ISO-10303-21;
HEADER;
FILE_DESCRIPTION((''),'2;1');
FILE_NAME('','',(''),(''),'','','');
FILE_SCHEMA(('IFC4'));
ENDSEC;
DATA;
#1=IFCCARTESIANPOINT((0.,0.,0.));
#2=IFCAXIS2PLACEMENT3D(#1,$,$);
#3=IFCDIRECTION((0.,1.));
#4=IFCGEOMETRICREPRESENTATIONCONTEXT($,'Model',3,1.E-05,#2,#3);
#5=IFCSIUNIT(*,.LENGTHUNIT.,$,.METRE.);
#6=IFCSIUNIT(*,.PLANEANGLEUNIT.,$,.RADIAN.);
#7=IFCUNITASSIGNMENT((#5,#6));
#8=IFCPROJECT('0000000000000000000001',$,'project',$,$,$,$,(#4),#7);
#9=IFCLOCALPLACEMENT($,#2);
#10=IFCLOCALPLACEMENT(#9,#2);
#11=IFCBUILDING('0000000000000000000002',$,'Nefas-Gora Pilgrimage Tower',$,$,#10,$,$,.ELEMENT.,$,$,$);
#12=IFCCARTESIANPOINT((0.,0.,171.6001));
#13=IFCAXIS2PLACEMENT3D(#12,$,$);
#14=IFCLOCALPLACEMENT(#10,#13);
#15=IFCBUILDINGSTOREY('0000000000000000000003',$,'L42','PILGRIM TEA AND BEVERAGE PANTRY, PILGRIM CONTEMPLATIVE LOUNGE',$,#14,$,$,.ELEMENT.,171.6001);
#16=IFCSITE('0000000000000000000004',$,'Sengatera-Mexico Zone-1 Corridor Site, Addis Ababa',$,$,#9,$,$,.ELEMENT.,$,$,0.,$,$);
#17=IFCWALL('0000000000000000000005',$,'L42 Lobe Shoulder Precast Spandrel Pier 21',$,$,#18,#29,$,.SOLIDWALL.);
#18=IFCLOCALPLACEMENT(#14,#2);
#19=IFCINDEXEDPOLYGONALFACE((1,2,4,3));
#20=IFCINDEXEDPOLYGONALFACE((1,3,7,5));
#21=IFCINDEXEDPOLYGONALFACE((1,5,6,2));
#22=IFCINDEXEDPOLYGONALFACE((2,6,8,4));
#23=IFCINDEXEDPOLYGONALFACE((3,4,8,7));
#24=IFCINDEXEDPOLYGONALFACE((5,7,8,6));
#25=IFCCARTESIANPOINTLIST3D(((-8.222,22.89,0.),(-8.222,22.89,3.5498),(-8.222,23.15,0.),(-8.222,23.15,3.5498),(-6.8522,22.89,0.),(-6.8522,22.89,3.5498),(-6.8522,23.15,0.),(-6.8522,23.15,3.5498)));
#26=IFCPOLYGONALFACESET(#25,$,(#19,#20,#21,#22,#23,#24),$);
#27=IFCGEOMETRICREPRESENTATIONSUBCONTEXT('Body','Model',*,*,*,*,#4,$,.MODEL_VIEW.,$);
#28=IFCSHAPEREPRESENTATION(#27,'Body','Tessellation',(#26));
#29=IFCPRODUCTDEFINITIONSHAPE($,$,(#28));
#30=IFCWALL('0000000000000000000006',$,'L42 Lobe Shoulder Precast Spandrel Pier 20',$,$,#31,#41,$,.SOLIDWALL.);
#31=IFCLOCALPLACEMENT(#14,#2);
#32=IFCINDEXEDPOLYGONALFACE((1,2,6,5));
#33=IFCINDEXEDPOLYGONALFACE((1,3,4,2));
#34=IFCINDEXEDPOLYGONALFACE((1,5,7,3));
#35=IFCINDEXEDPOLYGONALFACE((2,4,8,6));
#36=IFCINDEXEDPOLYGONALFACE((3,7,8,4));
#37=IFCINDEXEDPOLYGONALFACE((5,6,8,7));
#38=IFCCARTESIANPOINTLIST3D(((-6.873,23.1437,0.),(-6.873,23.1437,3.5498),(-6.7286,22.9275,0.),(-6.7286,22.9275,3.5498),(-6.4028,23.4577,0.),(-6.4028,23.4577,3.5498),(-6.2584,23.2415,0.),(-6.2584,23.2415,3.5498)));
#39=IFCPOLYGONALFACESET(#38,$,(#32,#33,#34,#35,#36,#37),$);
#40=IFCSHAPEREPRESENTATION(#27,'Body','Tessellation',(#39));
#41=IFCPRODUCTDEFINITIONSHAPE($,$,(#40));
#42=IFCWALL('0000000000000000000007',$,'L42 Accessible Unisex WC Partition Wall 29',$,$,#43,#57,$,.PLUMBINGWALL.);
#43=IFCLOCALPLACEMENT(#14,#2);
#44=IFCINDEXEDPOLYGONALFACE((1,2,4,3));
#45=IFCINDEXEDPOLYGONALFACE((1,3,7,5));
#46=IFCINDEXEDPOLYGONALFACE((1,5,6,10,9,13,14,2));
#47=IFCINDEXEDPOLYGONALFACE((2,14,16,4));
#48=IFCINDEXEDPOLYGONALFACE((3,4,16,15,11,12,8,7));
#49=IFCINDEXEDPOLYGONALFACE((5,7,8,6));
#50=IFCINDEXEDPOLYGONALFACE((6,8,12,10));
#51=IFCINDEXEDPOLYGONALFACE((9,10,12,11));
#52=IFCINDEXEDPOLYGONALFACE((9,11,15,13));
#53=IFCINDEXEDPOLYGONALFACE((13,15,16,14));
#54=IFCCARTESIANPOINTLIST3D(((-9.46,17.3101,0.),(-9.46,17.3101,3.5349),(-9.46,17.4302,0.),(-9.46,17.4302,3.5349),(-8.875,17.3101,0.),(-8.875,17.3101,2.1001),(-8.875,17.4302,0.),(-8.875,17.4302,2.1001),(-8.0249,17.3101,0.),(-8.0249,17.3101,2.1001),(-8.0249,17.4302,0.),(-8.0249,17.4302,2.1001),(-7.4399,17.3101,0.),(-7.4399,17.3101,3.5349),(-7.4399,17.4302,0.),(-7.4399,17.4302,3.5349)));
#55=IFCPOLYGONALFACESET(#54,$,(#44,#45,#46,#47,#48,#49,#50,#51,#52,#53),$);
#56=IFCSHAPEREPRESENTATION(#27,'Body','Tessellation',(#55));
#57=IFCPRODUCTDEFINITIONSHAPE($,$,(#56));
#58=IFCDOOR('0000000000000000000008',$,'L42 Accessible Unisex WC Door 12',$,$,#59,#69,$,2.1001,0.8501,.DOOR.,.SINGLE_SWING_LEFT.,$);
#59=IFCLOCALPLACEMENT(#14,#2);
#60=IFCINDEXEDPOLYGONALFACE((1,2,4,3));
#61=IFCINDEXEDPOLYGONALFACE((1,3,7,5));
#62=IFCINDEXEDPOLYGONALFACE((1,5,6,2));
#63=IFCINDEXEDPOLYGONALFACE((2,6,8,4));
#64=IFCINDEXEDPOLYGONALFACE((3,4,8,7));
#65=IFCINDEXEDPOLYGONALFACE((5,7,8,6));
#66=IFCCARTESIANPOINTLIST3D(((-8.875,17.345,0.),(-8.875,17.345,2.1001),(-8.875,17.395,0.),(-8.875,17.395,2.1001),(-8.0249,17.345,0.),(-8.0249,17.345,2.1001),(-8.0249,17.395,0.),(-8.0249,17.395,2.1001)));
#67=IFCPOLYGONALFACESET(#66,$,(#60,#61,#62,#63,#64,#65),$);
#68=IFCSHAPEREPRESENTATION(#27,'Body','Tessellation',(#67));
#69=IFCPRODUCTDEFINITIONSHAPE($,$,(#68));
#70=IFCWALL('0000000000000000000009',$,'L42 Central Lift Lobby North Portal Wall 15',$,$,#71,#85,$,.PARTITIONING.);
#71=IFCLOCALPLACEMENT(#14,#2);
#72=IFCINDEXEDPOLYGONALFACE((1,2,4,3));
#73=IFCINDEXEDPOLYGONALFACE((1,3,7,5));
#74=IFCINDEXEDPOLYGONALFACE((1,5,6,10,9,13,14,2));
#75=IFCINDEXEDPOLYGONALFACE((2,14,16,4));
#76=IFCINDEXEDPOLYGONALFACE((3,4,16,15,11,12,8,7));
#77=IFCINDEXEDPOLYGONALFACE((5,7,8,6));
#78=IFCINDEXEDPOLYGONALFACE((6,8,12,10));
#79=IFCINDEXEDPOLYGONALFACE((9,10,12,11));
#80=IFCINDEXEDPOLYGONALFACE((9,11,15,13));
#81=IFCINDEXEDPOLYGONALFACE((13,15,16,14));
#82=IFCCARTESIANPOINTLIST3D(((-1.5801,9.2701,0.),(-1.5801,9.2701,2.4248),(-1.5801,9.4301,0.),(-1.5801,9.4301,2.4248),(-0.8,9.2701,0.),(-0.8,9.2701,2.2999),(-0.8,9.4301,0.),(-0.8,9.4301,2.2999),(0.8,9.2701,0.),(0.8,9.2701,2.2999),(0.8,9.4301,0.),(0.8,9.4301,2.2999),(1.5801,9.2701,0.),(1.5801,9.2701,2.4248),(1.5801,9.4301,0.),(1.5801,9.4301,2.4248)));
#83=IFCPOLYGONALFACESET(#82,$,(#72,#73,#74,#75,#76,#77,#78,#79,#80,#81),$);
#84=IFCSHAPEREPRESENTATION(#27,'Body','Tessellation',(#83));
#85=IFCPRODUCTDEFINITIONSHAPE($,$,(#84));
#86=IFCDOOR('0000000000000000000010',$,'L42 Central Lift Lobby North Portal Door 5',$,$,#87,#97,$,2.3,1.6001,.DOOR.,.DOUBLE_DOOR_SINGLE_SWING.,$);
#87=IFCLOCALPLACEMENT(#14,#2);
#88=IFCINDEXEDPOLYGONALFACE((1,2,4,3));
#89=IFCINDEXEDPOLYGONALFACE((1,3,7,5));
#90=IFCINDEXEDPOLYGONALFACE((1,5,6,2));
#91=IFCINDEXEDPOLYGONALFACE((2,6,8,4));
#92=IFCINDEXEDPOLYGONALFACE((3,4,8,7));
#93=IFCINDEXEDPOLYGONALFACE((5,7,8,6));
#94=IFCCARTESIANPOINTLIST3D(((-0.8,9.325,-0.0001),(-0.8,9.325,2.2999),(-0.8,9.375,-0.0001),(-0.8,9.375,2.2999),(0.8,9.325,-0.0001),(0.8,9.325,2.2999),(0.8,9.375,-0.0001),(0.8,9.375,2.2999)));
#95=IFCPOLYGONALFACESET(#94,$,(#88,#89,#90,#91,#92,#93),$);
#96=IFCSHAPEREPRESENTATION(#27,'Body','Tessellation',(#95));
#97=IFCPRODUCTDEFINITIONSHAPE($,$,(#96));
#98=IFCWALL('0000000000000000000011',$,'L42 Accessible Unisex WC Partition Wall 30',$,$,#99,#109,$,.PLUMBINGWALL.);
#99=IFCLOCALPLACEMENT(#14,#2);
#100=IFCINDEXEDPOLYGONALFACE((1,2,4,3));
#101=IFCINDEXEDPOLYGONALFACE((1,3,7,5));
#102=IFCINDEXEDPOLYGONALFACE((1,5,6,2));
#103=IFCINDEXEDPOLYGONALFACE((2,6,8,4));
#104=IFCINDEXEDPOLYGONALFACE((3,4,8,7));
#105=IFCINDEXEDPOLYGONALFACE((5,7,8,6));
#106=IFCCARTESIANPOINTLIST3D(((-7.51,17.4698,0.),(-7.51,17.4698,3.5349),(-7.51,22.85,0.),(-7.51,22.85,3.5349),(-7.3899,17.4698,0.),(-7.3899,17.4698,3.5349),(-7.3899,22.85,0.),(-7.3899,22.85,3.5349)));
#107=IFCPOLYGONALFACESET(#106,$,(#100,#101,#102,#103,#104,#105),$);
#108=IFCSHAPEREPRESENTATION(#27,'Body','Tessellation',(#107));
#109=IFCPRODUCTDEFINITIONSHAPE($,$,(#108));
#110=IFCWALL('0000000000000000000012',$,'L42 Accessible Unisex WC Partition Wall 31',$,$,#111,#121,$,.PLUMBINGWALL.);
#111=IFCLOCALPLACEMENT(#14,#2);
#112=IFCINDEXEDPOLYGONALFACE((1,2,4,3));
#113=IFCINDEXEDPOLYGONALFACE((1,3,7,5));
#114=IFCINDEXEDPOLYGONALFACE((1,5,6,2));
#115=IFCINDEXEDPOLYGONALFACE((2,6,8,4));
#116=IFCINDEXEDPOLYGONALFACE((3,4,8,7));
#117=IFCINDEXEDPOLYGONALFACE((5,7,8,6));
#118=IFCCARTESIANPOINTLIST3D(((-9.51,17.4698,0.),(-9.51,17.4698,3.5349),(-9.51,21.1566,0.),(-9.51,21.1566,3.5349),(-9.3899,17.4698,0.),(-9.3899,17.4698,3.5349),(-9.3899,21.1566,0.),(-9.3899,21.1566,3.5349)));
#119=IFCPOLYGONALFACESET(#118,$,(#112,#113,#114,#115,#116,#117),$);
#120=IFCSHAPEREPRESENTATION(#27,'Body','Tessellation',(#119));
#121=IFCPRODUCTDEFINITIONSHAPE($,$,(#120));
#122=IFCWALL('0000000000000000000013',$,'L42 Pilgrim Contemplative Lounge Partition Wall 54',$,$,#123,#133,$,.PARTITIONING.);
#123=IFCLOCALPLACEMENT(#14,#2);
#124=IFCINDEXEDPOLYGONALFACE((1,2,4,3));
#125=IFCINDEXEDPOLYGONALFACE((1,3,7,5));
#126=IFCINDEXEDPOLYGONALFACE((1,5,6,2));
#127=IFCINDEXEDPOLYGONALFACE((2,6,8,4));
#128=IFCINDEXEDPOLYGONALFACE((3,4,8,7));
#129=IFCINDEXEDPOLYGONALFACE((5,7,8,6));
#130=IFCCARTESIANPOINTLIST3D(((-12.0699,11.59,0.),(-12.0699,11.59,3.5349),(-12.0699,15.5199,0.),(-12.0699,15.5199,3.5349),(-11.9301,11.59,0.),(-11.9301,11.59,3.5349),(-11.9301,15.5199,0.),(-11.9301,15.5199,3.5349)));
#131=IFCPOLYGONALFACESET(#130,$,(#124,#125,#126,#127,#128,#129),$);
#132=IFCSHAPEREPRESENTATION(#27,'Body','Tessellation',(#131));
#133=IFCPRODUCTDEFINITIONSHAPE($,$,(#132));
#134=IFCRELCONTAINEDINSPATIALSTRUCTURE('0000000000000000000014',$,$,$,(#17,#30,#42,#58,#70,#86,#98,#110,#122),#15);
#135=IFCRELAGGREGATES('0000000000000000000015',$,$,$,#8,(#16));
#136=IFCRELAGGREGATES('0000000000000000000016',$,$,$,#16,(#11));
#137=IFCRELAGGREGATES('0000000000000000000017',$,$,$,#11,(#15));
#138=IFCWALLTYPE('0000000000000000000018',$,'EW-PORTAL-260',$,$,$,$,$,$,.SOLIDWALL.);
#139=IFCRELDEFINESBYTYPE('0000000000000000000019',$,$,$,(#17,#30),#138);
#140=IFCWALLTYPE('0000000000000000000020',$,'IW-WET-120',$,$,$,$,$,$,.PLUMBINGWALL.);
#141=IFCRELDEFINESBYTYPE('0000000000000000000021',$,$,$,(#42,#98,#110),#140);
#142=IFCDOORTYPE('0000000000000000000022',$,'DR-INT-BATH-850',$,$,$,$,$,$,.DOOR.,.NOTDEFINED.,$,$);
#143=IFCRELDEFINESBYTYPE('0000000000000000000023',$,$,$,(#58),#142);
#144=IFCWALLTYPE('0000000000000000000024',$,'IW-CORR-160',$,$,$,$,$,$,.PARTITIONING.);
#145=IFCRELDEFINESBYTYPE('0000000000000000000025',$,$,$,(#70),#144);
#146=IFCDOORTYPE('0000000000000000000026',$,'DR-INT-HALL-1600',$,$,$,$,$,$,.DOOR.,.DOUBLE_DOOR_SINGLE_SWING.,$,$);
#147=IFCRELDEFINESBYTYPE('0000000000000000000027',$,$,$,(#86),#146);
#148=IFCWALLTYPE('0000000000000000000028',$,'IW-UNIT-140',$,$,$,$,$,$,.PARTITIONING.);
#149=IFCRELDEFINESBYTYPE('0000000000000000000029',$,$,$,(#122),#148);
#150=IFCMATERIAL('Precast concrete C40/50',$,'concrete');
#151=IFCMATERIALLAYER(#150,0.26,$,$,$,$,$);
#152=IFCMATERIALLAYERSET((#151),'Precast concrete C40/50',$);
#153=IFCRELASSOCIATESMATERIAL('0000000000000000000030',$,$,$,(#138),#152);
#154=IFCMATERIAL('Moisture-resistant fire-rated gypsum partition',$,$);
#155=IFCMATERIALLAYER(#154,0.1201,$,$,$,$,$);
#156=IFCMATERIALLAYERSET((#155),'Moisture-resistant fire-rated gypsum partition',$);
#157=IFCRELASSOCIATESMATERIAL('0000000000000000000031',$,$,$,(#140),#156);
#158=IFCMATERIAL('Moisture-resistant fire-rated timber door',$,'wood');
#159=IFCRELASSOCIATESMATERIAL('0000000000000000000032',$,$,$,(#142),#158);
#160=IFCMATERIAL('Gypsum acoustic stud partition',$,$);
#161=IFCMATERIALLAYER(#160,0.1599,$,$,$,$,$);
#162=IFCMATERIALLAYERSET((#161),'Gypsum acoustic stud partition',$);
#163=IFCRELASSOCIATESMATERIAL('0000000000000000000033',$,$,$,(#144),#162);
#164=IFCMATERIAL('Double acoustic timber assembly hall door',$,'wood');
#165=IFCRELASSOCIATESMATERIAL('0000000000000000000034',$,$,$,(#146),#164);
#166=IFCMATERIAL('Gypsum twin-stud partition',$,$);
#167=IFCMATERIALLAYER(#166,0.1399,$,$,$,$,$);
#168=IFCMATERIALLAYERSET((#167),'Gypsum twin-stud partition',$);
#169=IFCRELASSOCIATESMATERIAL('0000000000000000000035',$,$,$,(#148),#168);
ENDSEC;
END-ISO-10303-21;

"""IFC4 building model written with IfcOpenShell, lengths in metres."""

from ifc_helpers import new_model, si_unit, direction, frame, frame_2d, origin, place, context, subcontext, project, spatial, rectangle, extrude, source, transform, mapped, material, layer, layer_set, type_object, element, fill, save


model = new_model("IFC4")

# Units and contexts
model_context = context("Model", 3, precision=1e-05, world=origin(), true_north=direction((0.0, 1.0)))
body_context = subcontext(model_context, "Body", "Model", "MODEL_VIEW")
ifc_project = project(units=[si_unit("LENGTHUNIT", "METRE"), si_unit("PLANEANGLEUNIT", "RADIAN")], contexts=[model_context])

# Site, building, storey
site_placement = place(None, origin())
site = spatial("IfcSite", under=ifc_project, at=site_placement, Name="Sengatera-Mexico Zone-1 Corridor Site, Addis Ababa", CompositionType="ELEMENT", RefElevation=0.0)
building_placement = place(site_placement, origin())
building = spatial("IfcBuilding", under=site, at=building_placement, Name="Nefas-Gora Pilgrimage Tower", CompositionType="ELEMENT")
storey_placement = place(building_placement, frame((0.0, 0.0, 171.6001)))
storey = spatial("IfcBuildingStorey", under=building, at=storey_placement, Name="L42", Description="PILGRIM TEA AND BEVERAGE PANTRY, PILGRIM CONTEMPLATIVE LOUNGE", CompositionType="ELEMENT", Elevation=171.6001)

# Walls
ifc_material_1 = material(Name="Precast concrete C40/50", Category="concrete")
ifc_layer_1 = layer(ifc_material_1, 0.26)
ifc_layer_set_1 = layer_set([ifc_layer_1], Name="Precast concrete C40/50")
wall_type_1 = type_object("IfcWallType", Name="EW-PORTAL-260", PredefinedType="SOLIDWALL", material=ifc_layer_set_1)
shared_shape_1 = source(origin(), body_context, "Body", "SweptSolid", [
    extrude(rectangle(XDim=1.3699, YDim=0.26, at=frame_2d((0.6851, 0.0))), origin(), (0.0, 0.0, 1.0), 3.5498),
])
wall_1_placement = place(storey_placement, frame((-6.8521, 23.02, 0.0), z_axis=(0.0, 0.0, 1.0), x_axis=(-1.0, 0.0, 0.0)))
element("IfcWall", 1, at=wall_1_placement, inside=storey, type_object=wall_type_1, Name="L42 Lobe Shoulder Precast Spandrel Pier 21", PredefinedType="SOLIDWALL", context=body_context, shape_type="MappedRepresentation", body=[
    mapped(shared_shape_1, transform((0.0, 0.0, 0.0), x_axis=(1.0, 0.0, 0.0), y_axis=(0.0, 1.0, 0.0), z_axis=(0.0, 0.0, 1.0), scale=1.0)),
])
shared_shape_2 = source(origin(), body_context, "Body", "SweptSolid", [
    extrude(rectangle(XDim=0.5654, YDim=0.26, at=frame_2d((0.2827, 0.0))), origin(), (0.0, 0.0, 1.0), 3.5498),
])
wall_2_placement = place(storey_placement, frame((-6.3306, 23.3496, 0.0), z_axis=(0.0, 0.0, 1.0), x_axis=(-0.831651, -0.555298, 0.0)))
element("IfcWall", 2, at=wall_2_placement, inside=storey, type_object=wall_type_1, Name="L42 Lobe Shoulder Precast Spandrel Pier 20", PredefinedType="SOLIDWALL", context=body_context, shape_type="MappedRepresentation", body=[
    mapped(shared_shape_2, transform((0.0, 0.0, 0.0), x_axis=(1.0, 0.0, 0.0), y_axis=(0.0, 1.0, 0.0), z_axis=(0.0, 0.0, 1.0), scale=1.0)),
])

# Walls, openings, doors
ifc_material_2 = material(Name="Moisture-resistant fire-rated gypsum partition")
ifc_layer_2 = layer(ifc_material_2, 0.1201)
ifc_layer_set_2 = layer_set([ifc_layer_2], Name="Moisture-resistant fire-rated gypsum partition")
wall_type_2 = type_object("IfcWallType", Name="IW-WET-120", PredefinedType="PLUMBINGWALL", material=ifc_layer_set_2)
shared_shape_3 = source(origin(), body_context, "Body", "SweptSolid", [
    extrude(rectangle(XDim=2.02, YDim=0.1201, at=frame_2d((1.01, 0.0))), origin(), (0.0, 0.0, 1.0), 3.5349),
])
wall_3_placement = place(storey_placement, frame((-9.46, 17.3701, 0.0), z_axis=(0.0, 0.0, 1.0), x_axis=(1.0, 0.0, 0.0)))
wall_3 = element("IfcWall", 3, at=wall_3_placement, inside=storey, type_object=wall_type_2, Name="L42 Accessible Unisex WC Partition Wall 29", PredefinedType="PLUMBINGWALL", context=body_context, shape_type="MappedRepresentation", body=[
    mapped(shared_shape_3, transform((0.0, 0.0, 0.0), x_axis=(1.0, 0.0, 0.0), y_axis=(0.0, 1.0, 0.0), z_axis=(0.0, 0.0, 1.0), scale=1.0)),
])
opening_1_placement = place(wall_3_placement, frame((0.585, 0.0, 0.0)))
opening_1 = element("IfcOpeningElement", 4, at=opening_1_placement, cuts=wall_3, PredefinedType="OPENING", context=body_context, shape_type="SweptSolid", body=[
    extrude(rectangle(XDim=0.8501, YDim=2.1001, at=frame_2d((0.425, 1.05))), frame((0.0, 0.0701, 0.0), z_axis=(0.0, -1.0, 0.0), x_axis=(1.0, 0.0, 0.0)), (0.0, 0.0, 1.0), 0.1401),
])
ifc_material_3 = material(Name="Moisture-resistant fire-rated timber door", Category="wood")
door_type_1 = type_object("IfcDoorType", Name="DR-INT-BATH-850", OperationType="NOTDEFINED", PredefinedType="DOOR", material=ifc_material_3)
shared_shape_4 = source(origin(), body_context, "Body", "SweptSolid", [
    extrude(rectangle(XDim=0.8501, YDim=2.1001, at=frame_2d((0.425, 1.05))), frame((0.0, 0.0249, 0.0), z_axis=(0.0, -1.0, 0.0), x_axis=(1.0, 0.0, 0.0)), (0.0, 0.0, 1.0), 0.05),
])
door_1_placement = place(opening_1_placement, origin())
door_1 = element("IfcDoor", 5, at=door_1_placement, inside=storey, type_object=door_type_1, Name="L42 Accessible Unisex WC Door 12", OperationType="SINGLE_SWING_LEFT", OverallHeight=2.1001, OverallWidth=0.8501, PredefinedType="DOOR", context=body_context, shape_type="MappedRepresentation", body=[
    mapped(shared_shape_4, transform((0.0, 0.0, 0.0), x_axis=(1.0, 0.0, 0.0), y_axis=(0.0, 1.0, 0.0), z_axis=(0.0, 0.0, 1.0), scale=1.0)),
])
fill(opening_1, door_1)
ifc_material_4 = material(Name="Gypsum acoustic stud partition")
ifc_layer_3 = layer(ifc_material_4, 0.1599)
ifc_layer_set_3 = layer_set([ifc_layer_3], Name="Gypsum acoustic stud partition")
wall_type_3 = type_object("IfcWallType", Name="IW-CORR-160", PredefinedType="PARTITIONING", material=ifc_layer_set_3)
shared_shape_5 = source(origin(), body_context, "Body", "SweptSolid", [
    extrude(rectangle(XDim=3.1602, YDim=0.1599, at=frame_2d((1.5801, 0.0))), origin(), (0.0, 0.0, 1.0), 2.4248),
])
wall_4_placement = place(storey_placement, frame((-1.5801, 9.3501, 0.0), z_axis=(0.0, 0.0, 1.0), x_axis=(1.0, 0.0, 0.0)))
wall_4 = element("IfcWall", 6, at=wall_4_placement, inside=storey, type_object=wall_type_3, Name="L42 Central Lift Lobby North Portal Wall 15", PredefinedType="PARTITIONING", context=body_context, shape_type="MappedRepresentation", body=[
    mapped(shared_shape_5, transform((0.0, 0.0, 0.0), x_axis=(1.0, 0.0, 0.0), y_axis=(0.0, 1.0, 0.0), z_axis=(0.0, 0.0, 1.0), scale=1.0)),
])
opening_2_placement = place(wall_4_placement, frame((0.78, 0.0, 0.0)))
opening_2 = element("IfcOpeningElement", 7, at=opening_2_placement, cuts=wall_4, PredefinedType="OPENING", context=body_context, shape_type="SweptSolid", body=[
    extrude(rectangle(XDim=1.6001, YDim=2.3, at=frame_2d((0.8, 1.1499))), frame((0.0, 0.0898, 0.0), z_axis=(0.0, -1.0, 0.0), x_axis=(1.0, 0.0, 0.0)), (0.0, 0.0, 1.0), 0.1799),
])
ifc_material_5 = material(Name="Double acoustic timber assembly hall door", Category="wood")
door_type_2 = type_object("IfcDoorType", Name="DR-INT-HALL-1600", OperationType="DOUBLE_DOOR_SINGLE_SWING", PredefinedType="DOOR", material=ifc_material_5)
shared_shape_6 = source(origin(), body_context, "Body", "SweptSolid", [
    extrude(rectangle(XDim=1.6001, YDim=2.3, at=frame_2d((0.8, 1.1499))), frame((0.0, 0.0249, 0.0), z_axis=(0.0, -1.0, 0.0), x_axis=(1.0, 0.0, 0.0)), (0.0, 0.0, 1.0), 0.05),
])
door_2_placement = place(opening_2_placement, origin())
door_2 = element("IfcDoor", 8, at=door_2_placement, inside=storey, type_object=door_type_2, Name="L42 Central Lift Lobby North Portal Door 5", OperationType="DOUBLE_DOOR_SINGLE_SWING", OverallHeight=2.3, OverallWidth=1.6001, PredefinedType="DOOR", context=body_context, shape_type="MappedRepresentation", body=[
    mapped(shared_shape_6, transform((0.0, 0.0, 0.0), x_axis=(1.0, 0.0, 0.0), y_axis=(0.0, 1.0, 0.0), z_axis=(0.0, 0.0, 1.0), scale=1.0)),
])
fill(opening_2, door_2)

# Walls
shared_shape_7 = source(origin(), body_context, "Body", "SweptSolid", [
    extrude(rectangle(XDim=5.3801, YDim=0.1201, at=frame_2d((2.6899, 0.0))), origin(), (0.0, 0.0, 1.0), 3.5349),
])
wall_5_placement = place(storey_placement, frame((-7.45, 17.47, 0.0), z_axis=(0.0, 0.0, 1.0), x_axis=(0.0, 1.0, 0.0)))
element("IfcWall", 9, at=wall_5_placement, inside=storey, type_object=wall_type_2, Name="L42 Accessible Unisex WC Partition Wall 30", PredefinedType="PLUMBINGWALL", context=body_context, shape_type="MappedRepresentation", body=[
    mapped(shared_shape_7, transform((0.0, 0.0, 0.0), x_axis=(1.0, 0.0, 0.0), y_axis=(0.0, 1.0, 0.0), z_axis=(0.0, 0.0, 1.0), scale=1.0)),
])
shared_shape_8 = source(origin(), body_context, "Body", "SweptSolid", [
    extrude(rectangle(XDim=3.6868, YDim=0.1201, at=frame_2d((1.8433, 0.0))), origin(), (0.0, 0.0, 1.0), 3.5349),
])
wall_6_placement = place(storey_placement, frame((-9.45, 17.47, 0.0), z_axis=(0.0, 0.0, 1.0), x_axis=(0.0, 1.0, 0.0)))
element("IfcWall", 10, at=wall_6_placement, inside=storey, type_object=wall_type_2, Name="L42 Accessible Unisex WC Partition Wall 31", PredefinedType="PLUMBINGWALL", context=body_context, shape_type="MappedRepresentation", body=[
    mapped(shared_shape_8, transform((0.0, 0.0, 0.0), x_axis=(1.0, 0.0, 0.0), y_axis=(0.0, 1.0, 0.0), z_axis=(0.0, 0.0, 1.0), scale=1.0)),
])
ifc_material_6 = material(Name="Gypsum twin-stud partition")
ifc_layer_4 = layer(ifc_material_6, 0.1399)
ifc_layer_set_4 = layer_set([ifc_layer_4], Name="Gypsum twin-stud partition")
wall_type_4 = type_object("IfcWallType", Name="IW-UNIT-140", PredefinedType="PARTITIONING", material=ifc_layer_set_4)
shared_shape_9 = source(origin(), body_context, "Body", "SweptSolid", [
    extrude(rectangle(XDim=3.9299, YDim=0.1399, at=frame_2d((1.9648, 0.0))), origin(), (0.0, 0.0, 1.0), 3.5349),
])
wall_7_placement = place(storey_placement, frame((-12.0, 11.5901, 0.0), z_axis=(0.0, 0.0, 1.0), x_axis=(0.0, 1.0, 0.0)))
element("IfcWall", 11, at=wall_7_placement, inside=storey, type_object=wall_type_4, Name="L42 Pilgrim Contemplative Lounge Partition Wall 54", PredefinedType="PARTITIONING", context=body_context, shape_type="MappedRepresentation", body=[
    mapped(shared_shape_9, transform((0.0, 0.0, 0.0), x_axis=(1.0, 0.0, 0.0), y_axis=(0.0, 1.0, 0.0), z_axis=(0.0, 0.0, 1.0), scale=1.0)),
])

save(model, "model.ifc")
